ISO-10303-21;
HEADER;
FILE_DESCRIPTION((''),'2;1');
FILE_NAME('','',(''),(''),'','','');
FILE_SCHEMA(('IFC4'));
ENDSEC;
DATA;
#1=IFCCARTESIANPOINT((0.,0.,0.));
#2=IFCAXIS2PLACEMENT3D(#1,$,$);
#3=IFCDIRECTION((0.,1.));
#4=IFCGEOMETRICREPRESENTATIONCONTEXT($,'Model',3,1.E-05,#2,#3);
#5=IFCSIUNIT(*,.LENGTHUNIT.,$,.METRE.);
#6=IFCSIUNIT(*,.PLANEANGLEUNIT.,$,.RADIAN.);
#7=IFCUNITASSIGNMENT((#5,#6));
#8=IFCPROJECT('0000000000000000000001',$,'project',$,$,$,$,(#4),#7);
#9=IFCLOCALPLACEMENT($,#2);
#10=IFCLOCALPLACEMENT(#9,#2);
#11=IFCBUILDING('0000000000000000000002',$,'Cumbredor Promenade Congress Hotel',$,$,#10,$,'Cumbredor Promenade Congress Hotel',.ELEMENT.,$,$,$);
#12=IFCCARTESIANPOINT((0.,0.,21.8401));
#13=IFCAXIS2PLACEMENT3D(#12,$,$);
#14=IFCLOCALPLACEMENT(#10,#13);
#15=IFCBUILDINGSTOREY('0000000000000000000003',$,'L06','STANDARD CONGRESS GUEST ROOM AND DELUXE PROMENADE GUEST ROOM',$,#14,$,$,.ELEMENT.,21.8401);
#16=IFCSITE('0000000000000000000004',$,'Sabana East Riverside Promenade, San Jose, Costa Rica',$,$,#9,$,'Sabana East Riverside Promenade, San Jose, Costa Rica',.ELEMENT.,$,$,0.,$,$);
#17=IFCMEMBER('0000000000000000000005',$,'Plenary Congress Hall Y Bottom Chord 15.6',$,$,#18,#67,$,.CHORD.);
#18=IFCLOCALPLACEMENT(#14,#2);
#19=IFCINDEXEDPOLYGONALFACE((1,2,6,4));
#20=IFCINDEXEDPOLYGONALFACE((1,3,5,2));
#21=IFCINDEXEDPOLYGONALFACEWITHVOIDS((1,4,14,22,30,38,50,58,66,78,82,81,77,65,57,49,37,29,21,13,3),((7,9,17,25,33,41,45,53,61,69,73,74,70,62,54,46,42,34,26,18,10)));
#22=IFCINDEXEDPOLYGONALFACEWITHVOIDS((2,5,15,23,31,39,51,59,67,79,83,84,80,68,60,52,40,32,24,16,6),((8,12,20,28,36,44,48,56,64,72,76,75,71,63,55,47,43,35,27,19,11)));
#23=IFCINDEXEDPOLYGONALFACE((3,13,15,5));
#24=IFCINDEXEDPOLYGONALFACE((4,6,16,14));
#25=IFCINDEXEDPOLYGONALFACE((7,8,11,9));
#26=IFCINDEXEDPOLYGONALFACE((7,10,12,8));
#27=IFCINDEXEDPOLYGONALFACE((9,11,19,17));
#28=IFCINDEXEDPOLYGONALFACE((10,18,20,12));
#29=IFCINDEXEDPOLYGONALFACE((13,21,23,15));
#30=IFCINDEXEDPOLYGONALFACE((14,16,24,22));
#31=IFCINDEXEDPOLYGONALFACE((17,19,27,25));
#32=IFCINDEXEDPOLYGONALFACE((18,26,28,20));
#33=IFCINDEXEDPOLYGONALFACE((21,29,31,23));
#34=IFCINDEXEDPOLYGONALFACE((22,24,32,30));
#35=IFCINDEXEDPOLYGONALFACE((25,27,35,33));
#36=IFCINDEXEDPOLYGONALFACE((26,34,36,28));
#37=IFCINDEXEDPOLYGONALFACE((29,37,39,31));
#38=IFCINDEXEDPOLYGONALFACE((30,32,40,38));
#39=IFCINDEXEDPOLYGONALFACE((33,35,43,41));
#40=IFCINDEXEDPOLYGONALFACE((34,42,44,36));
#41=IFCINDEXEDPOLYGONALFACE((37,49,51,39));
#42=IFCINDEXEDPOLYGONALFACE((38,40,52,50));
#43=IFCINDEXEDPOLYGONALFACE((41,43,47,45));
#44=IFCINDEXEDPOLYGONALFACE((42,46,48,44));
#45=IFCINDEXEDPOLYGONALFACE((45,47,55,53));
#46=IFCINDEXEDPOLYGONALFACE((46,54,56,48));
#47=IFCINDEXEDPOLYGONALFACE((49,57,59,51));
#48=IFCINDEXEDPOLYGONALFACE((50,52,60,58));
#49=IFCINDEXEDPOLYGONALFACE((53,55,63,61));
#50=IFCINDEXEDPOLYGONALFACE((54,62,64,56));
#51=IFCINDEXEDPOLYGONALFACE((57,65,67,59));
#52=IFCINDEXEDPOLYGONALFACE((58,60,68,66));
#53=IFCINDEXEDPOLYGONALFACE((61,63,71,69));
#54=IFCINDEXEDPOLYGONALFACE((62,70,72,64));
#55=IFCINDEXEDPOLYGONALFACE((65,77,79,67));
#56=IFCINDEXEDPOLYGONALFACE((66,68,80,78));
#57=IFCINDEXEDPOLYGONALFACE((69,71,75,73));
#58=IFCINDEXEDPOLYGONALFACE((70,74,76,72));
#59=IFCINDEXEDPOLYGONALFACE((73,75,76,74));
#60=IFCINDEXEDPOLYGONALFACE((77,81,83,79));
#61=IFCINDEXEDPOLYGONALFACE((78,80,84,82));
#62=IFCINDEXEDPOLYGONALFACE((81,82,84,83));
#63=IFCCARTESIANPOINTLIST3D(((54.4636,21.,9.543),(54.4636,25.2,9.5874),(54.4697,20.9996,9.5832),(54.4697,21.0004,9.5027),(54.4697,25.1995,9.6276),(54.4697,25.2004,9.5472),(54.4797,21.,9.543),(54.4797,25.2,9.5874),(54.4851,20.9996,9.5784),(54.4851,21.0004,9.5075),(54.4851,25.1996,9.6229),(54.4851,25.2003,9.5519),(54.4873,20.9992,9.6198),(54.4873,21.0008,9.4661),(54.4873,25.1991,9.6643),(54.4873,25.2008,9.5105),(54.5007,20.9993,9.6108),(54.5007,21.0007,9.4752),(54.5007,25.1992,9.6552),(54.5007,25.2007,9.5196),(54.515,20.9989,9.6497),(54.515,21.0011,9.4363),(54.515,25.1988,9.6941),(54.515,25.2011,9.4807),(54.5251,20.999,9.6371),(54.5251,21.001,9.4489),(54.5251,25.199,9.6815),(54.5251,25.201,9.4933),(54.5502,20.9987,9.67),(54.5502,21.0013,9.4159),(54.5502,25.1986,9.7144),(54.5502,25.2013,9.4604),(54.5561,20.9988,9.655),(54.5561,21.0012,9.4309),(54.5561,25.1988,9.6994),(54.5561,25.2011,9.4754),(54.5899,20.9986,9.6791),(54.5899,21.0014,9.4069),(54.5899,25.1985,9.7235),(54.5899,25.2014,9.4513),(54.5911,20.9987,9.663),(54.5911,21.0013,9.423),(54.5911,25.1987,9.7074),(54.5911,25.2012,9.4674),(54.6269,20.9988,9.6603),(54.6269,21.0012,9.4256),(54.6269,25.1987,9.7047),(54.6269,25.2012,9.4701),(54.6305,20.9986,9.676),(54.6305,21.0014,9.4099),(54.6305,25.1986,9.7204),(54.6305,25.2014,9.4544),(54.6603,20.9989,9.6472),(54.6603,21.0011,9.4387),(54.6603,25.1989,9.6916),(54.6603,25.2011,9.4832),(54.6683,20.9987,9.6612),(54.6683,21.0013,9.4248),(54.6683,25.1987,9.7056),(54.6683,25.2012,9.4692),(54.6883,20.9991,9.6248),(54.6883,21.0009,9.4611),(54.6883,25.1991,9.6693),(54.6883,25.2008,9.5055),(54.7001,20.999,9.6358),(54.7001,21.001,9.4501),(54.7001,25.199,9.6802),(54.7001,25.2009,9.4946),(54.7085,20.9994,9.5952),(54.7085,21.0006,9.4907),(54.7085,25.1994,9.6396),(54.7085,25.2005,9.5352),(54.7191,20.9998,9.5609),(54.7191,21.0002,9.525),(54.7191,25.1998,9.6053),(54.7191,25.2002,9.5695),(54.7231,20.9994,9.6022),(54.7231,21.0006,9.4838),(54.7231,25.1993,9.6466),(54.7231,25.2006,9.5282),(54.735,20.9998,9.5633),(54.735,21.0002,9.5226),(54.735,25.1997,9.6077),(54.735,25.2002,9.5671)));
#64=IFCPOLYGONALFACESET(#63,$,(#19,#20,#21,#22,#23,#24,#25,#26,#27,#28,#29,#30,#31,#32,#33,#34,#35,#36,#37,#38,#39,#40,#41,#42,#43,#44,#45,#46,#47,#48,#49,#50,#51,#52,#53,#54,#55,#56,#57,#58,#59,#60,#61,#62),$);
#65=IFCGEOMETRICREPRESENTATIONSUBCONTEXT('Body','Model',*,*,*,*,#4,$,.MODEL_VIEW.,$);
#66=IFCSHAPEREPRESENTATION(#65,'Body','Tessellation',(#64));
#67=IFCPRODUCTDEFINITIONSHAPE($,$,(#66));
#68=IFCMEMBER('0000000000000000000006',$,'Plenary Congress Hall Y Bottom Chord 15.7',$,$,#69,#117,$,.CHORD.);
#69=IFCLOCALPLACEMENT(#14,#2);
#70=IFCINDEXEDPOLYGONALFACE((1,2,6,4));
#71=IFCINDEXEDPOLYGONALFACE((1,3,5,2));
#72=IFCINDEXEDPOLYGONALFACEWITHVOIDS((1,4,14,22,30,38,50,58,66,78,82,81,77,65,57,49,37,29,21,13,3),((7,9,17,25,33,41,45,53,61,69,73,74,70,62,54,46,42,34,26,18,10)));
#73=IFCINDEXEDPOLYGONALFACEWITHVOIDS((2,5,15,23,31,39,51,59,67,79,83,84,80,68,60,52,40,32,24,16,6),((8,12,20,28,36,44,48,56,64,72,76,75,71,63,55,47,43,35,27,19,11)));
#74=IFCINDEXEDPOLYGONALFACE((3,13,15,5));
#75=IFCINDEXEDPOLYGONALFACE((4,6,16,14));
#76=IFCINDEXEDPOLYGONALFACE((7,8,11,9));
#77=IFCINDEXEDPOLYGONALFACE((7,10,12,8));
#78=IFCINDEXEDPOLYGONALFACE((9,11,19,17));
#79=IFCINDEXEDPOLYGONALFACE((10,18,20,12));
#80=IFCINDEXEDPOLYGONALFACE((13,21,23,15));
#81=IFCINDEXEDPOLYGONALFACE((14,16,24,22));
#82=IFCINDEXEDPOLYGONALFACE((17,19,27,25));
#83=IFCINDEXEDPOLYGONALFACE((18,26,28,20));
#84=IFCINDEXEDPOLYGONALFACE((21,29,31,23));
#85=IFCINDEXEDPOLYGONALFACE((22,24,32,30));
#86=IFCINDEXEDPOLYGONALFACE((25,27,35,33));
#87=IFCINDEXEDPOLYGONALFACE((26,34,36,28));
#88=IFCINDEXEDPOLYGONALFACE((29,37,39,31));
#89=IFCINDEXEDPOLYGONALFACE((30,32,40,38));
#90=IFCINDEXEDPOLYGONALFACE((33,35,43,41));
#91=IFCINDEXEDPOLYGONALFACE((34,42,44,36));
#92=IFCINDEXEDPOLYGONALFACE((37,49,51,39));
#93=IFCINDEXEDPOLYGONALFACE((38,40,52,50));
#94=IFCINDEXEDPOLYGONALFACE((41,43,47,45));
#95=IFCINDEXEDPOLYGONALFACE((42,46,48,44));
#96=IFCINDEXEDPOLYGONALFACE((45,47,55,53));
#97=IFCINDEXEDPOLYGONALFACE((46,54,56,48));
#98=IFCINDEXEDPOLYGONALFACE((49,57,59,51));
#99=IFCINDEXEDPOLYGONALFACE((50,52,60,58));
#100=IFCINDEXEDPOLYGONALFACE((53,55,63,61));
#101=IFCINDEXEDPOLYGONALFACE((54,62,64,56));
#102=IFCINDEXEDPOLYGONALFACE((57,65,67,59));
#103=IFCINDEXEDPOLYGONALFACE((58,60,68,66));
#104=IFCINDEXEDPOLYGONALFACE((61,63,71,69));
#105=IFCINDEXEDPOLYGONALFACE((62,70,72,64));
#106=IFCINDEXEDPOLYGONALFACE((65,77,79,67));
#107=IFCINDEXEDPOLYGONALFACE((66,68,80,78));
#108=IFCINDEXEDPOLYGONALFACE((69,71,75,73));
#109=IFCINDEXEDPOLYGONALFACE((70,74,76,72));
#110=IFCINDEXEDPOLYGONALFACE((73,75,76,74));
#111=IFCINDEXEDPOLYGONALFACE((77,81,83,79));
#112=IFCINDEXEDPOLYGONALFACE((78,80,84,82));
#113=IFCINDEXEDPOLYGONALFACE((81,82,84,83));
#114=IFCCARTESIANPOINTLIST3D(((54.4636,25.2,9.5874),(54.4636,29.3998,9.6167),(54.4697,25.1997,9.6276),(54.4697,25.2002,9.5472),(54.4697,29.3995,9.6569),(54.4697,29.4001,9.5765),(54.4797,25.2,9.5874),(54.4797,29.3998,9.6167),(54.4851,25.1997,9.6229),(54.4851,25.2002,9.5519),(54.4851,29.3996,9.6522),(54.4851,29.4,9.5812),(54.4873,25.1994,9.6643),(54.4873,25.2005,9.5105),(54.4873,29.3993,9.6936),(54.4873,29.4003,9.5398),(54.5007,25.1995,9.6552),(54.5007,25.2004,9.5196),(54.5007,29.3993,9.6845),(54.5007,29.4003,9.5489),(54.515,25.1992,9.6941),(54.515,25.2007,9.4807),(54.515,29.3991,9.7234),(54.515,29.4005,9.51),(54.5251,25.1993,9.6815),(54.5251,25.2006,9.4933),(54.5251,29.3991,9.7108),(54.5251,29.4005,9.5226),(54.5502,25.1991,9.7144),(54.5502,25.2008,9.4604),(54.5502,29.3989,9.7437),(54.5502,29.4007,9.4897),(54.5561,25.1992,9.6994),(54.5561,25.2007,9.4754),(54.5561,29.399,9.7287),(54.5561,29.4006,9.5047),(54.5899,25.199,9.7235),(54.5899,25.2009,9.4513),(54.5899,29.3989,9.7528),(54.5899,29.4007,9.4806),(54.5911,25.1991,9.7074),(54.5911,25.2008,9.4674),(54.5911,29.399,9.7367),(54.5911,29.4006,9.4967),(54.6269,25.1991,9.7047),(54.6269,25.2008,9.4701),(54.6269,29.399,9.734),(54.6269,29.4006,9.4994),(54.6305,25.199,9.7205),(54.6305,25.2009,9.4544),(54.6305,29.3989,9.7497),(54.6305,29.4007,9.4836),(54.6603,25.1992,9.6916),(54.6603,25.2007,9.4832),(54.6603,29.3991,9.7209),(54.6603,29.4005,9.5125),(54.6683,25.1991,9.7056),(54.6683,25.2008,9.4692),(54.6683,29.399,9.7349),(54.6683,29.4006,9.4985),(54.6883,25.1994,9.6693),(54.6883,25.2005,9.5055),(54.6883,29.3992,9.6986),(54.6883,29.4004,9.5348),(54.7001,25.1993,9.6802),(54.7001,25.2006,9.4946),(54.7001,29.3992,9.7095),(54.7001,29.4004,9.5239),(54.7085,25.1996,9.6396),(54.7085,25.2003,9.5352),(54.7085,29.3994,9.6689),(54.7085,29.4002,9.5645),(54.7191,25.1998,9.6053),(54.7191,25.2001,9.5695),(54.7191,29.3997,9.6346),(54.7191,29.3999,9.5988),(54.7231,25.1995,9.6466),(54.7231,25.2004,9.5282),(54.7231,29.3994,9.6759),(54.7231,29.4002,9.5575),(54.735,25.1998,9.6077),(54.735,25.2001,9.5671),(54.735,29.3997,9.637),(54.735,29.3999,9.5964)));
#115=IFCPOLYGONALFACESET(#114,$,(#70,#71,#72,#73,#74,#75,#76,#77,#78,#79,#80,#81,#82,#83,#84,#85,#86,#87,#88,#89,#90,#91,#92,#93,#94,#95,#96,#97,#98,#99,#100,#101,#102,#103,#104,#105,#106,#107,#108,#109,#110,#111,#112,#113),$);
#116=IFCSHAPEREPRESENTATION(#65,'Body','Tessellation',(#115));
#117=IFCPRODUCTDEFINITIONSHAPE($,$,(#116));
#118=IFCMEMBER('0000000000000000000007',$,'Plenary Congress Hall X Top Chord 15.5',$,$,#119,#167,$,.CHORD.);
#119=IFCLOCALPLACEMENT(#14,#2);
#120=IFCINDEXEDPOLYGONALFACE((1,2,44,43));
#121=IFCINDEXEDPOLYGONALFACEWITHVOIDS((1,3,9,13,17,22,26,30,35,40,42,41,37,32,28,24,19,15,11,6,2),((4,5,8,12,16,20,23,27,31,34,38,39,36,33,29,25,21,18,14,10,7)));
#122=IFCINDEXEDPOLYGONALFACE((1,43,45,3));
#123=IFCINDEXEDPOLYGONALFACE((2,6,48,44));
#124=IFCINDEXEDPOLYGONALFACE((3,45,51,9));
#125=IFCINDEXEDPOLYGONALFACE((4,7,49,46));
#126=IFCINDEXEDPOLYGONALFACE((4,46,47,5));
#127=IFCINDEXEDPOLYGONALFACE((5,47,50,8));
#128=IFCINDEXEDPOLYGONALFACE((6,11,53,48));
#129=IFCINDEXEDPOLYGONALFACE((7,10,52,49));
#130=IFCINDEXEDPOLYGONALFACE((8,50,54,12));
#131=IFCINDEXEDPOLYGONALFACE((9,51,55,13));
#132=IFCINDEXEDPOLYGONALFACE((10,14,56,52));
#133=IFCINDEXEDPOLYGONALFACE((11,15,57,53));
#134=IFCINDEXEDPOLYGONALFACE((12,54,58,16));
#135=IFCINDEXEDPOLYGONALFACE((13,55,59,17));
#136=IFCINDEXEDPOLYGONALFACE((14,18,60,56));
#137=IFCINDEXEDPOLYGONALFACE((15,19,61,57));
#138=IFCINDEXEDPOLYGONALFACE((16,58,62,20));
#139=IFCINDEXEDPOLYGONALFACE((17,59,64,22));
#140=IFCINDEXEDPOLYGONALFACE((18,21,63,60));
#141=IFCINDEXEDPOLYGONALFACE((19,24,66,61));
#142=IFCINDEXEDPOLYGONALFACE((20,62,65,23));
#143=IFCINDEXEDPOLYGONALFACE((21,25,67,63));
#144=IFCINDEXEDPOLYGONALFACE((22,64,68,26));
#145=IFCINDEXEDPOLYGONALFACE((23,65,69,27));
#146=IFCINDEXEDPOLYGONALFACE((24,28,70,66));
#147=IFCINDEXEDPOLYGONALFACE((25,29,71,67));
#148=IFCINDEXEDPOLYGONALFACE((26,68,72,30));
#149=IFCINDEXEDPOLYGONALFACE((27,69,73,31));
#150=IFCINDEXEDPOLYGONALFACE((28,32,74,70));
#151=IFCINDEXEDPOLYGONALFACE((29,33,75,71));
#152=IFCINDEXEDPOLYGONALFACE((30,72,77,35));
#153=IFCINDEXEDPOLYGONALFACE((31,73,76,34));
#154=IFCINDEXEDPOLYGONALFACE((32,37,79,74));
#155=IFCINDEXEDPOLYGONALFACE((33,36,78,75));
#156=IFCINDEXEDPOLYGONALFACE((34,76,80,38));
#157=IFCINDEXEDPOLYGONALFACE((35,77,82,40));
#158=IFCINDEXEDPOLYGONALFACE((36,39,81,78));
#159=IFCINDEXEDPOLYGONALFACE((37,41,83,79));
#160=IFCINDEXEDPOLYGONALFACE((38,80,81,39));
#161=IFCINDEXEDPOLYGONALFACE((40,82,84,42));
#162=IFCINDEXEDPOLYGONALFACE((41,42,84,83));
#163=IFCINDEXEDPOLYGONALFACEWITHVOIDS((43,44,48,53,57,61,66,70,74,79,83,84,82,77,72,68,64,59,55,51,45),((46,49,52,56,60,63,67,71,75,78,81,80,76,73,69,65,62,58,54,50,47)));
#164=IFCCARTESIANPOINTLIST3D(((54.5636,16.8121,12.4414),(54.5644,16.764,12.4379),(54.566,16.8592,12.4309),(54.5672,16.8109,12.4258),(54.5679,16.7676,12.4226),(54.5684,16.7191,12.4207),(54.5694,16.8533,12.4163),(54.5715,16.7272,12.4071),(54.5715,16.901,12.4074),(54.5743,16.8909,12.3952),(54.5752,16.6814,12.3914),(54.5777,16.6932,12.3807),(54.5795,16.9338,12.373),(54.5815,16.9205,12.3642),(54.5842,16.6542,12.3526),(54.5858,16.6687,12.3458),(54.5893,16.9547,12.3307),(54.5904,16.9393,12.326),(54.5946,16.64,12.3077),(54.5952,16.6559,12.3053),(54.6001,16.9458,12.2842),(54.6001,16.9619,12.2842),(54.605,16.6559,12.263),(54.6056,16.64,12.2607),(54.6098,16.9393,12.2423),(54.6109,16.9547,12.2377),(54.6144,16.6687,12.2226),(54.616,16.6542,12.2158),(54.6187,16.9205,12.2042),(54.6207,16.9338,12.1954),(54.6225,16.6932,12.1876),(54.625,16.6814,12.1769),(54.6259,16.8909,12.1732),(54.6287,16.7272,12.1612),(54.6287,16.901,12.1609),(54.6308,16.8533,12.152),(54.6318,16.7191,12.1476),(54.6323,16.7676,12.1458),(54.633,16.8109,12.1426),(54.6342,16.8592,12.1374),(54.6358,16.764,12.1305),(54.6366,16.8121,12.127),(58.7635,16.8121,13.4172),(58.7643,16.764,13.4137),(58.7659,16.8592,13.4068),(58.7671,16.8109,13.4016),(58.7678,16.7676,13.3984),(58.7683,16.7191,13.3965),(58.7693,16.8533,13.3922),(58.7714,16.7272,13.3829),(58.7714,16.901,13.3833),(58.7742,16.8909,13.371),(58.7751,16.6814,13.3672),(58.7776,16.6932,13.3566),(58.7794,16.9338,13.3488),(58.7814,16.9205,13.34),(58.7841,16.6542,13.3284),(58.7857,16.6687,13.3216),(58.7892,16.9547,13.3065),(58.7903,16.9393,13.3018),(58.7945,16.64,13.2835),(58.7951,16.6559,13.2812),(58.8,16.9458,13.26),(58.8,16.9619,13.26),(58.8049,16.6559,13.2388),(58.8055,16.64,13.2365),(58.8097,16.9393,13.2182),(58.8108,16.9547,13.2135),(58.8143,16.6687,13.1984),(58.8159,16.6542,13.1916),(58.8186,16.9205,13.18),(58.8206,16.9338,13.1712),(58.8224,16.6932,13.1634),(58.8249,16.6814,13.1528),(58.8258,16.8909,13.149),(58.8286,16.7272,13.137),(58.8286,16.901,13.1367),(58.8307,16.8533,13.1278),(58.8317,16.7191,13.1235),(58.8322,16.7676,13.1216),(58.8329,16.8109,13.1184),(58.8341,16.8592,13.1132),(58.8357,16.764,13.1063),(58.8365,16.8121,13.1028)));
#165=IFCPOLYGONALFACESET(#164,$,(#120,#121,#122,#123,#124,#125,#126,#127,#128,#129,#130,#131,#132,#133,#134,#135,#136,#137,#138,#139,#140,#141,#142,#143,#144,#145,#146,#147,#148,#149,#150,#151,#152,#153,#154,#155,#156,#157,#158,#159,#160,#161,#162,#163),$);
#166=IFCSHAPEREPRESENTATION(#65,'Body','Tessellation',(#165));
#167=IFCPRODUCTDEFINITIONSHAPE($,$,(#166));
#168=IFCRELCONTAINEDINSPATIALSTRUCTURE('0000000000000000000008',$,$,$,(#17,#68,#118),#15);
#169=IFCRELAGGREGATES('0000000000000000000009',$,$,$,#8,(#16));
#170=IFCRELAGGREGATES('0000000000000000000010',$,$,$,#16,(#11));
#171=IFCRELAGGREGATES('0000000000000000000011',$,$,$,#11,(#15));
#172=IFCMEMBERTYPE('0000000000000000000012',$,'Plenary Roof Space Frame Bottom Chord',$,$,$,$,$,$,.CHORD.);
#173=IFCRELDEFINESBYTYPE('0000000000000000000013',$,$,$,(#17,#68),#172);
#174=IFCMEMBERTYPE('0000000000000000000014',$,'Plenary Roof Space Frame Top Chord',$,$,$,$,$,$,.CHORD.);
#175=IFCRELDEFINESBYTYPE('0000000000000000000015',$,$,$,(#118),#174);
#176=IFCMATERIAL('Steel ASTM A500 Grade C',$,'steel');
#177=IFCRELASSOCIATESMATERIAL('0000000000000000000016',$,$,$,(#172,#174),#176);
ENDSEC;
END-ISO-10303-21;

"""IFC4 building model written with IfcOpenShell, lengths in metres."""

from ifc_helpers import new_model, si_unit, direction, frame, origin, origin_2d, place, context, subcontext, project, spatial, hollow_circle, extrude, material, material_profile, profile_set, type_object, element, save


model = new_model("IFC4")

# Units and contexts
model_context = context("Model", 3, precision=1e-05, world=origin(), true_north=direction((0.0, 1.0)))
body_context = subcontext(model_context, "Body", "Model", "MODEL_VIEW")
ifc_project = project(units=[si_unit("LENGTHUNIT", "METRE"), si_unit("PLANEANGLEUNIT", "RADIAN")], contexts=[model_context])

# Site, building, storey
site_placement = place(None, origin())
site = spatial("IfcSite", under=ifc_project, at=site_placement, Name="Sabana East Riverside Promenade, San Jose, Costa Rica", LongName="Sabana East Riverside Promenade, San Jose, Costa Rica", CompositionType="ELEMENT", RefElevation=0.0)
building_placement = place(site_placement, origin())
building = spatial("IfcBuilding", under=site, at=building_placement, Name="Cumbredor Promenade Congress Hotel", LongName="Cumbredor Promenade Congress Hotel", CompositionType="ELEMENT")
storey_placement = place(building_placement, frame((0.0, 0.0, 21.8401)))
storey = spatial("IfcBuildingStorey", under=building, at=storey_placement, Name="L06", Description="STANDARD CONGRESS GUEST ROOM AND DELUXE PROMENADE GUEST ROOM", CompositionType="ELEMENT", Elevation=21.8401)

# Members
ifc_material_1 = material(Name="Steel ASTM A500 Grade C", Category="steel")
ifc_material_profile_1 = material_profile(ifc_material_1, hollow_circle(Radius=0.1365, WallThickness=0.0161, at=origin_2d()), Name="CHS 273.0x16")
ifc_profile_set_1 = profile_set([ifc_material_profile_1], Name="Steel ASTM A500 Grade C")
member_type_1 = type_object("IfcMemberType", Name="Plenary Roof Space Frame Bottom Chord", PredefinedType="CHORD", material=ifc_profile_set_1)
member_1_placement = place(storey_placement, frame((54.6001, 21.0, 9.543), z_axis=(0.0, 0.999944, 0.010579), x_axis=(-1.0, 0.0, 0.0)))
element("IfcMember", 1, at=member_1_placement, inside=storey, type_object=member_type_1, Name="Plenary Congress Hall Y Bottom Chord 15.6", PredefinedType="CHORD", context=body_context, shape_type="SweptSolid", body=[
    extrude(hollow_circle(Radius=0.1365, WallThickness=0.0161, at=origin_2d()), origin(), (0.0, 0.0, 1.0), 4.2002),
])
member_2_placement = place(storey_placement, frame((54.6001, 25.2, 9.5874), z_axis=(0.0, 0.999976, 0.006975), x_axis=(-1.0, 0.0, 0.0)))
element("IfcMember", 2, at=member_2_placement, inside=storey, type_object=member_type_1, Name="Plenary Congress Hall Y Bottom Chord 15.7", PredefinedType="CHORD", context=body_context, shape_type="SweptSolid", body=[
    extrude(hollow_circle(Radius=0.1365, WallThickness=0.0161, at=origin_2d()), origin(), (0.0, 0.0, 1.0), 4.2),
])
ifc_material_profile_2 = material_profile(ifc_material_1, hollow_circle(Radius=0.1619, WallThickness=0.0161, at=origin_2d()), Name="CHS 323.9x16")
ifc_profile_set_2 = profile_set([ifc_material_profile_2], Name="Steel ASTM A500 Grade C")
member_type_2 = type_object("IfcMemberType", Name="Plenary Roof Space Frame Top Chord", PredefinedType="CHORD", material=ifc_profile_set_2)
member_3_placement = place(storey_placement, frame((54.6001, 16.8, 12.2842), z_axis=(0.974054, 0.0, 0.226315), x_axis=(0.0, 1.0, 0.0)))
element("IfcMember", 3, at=member_3_placement, inside=storey, type_object=member_type_2, Name="Plenary Congress Hall X Top Chord 15.5", PredefinedType="CHORD", context=body_context, shape_type="SweptSolid", body=[
    extrude(hollow_circle(Radius=0.1619, WallThickness=0.0161, at=origin_2d()), origin(), (0.0, 0.0, 1.0), 4.3118),
])

save(model, "model.ifc")
